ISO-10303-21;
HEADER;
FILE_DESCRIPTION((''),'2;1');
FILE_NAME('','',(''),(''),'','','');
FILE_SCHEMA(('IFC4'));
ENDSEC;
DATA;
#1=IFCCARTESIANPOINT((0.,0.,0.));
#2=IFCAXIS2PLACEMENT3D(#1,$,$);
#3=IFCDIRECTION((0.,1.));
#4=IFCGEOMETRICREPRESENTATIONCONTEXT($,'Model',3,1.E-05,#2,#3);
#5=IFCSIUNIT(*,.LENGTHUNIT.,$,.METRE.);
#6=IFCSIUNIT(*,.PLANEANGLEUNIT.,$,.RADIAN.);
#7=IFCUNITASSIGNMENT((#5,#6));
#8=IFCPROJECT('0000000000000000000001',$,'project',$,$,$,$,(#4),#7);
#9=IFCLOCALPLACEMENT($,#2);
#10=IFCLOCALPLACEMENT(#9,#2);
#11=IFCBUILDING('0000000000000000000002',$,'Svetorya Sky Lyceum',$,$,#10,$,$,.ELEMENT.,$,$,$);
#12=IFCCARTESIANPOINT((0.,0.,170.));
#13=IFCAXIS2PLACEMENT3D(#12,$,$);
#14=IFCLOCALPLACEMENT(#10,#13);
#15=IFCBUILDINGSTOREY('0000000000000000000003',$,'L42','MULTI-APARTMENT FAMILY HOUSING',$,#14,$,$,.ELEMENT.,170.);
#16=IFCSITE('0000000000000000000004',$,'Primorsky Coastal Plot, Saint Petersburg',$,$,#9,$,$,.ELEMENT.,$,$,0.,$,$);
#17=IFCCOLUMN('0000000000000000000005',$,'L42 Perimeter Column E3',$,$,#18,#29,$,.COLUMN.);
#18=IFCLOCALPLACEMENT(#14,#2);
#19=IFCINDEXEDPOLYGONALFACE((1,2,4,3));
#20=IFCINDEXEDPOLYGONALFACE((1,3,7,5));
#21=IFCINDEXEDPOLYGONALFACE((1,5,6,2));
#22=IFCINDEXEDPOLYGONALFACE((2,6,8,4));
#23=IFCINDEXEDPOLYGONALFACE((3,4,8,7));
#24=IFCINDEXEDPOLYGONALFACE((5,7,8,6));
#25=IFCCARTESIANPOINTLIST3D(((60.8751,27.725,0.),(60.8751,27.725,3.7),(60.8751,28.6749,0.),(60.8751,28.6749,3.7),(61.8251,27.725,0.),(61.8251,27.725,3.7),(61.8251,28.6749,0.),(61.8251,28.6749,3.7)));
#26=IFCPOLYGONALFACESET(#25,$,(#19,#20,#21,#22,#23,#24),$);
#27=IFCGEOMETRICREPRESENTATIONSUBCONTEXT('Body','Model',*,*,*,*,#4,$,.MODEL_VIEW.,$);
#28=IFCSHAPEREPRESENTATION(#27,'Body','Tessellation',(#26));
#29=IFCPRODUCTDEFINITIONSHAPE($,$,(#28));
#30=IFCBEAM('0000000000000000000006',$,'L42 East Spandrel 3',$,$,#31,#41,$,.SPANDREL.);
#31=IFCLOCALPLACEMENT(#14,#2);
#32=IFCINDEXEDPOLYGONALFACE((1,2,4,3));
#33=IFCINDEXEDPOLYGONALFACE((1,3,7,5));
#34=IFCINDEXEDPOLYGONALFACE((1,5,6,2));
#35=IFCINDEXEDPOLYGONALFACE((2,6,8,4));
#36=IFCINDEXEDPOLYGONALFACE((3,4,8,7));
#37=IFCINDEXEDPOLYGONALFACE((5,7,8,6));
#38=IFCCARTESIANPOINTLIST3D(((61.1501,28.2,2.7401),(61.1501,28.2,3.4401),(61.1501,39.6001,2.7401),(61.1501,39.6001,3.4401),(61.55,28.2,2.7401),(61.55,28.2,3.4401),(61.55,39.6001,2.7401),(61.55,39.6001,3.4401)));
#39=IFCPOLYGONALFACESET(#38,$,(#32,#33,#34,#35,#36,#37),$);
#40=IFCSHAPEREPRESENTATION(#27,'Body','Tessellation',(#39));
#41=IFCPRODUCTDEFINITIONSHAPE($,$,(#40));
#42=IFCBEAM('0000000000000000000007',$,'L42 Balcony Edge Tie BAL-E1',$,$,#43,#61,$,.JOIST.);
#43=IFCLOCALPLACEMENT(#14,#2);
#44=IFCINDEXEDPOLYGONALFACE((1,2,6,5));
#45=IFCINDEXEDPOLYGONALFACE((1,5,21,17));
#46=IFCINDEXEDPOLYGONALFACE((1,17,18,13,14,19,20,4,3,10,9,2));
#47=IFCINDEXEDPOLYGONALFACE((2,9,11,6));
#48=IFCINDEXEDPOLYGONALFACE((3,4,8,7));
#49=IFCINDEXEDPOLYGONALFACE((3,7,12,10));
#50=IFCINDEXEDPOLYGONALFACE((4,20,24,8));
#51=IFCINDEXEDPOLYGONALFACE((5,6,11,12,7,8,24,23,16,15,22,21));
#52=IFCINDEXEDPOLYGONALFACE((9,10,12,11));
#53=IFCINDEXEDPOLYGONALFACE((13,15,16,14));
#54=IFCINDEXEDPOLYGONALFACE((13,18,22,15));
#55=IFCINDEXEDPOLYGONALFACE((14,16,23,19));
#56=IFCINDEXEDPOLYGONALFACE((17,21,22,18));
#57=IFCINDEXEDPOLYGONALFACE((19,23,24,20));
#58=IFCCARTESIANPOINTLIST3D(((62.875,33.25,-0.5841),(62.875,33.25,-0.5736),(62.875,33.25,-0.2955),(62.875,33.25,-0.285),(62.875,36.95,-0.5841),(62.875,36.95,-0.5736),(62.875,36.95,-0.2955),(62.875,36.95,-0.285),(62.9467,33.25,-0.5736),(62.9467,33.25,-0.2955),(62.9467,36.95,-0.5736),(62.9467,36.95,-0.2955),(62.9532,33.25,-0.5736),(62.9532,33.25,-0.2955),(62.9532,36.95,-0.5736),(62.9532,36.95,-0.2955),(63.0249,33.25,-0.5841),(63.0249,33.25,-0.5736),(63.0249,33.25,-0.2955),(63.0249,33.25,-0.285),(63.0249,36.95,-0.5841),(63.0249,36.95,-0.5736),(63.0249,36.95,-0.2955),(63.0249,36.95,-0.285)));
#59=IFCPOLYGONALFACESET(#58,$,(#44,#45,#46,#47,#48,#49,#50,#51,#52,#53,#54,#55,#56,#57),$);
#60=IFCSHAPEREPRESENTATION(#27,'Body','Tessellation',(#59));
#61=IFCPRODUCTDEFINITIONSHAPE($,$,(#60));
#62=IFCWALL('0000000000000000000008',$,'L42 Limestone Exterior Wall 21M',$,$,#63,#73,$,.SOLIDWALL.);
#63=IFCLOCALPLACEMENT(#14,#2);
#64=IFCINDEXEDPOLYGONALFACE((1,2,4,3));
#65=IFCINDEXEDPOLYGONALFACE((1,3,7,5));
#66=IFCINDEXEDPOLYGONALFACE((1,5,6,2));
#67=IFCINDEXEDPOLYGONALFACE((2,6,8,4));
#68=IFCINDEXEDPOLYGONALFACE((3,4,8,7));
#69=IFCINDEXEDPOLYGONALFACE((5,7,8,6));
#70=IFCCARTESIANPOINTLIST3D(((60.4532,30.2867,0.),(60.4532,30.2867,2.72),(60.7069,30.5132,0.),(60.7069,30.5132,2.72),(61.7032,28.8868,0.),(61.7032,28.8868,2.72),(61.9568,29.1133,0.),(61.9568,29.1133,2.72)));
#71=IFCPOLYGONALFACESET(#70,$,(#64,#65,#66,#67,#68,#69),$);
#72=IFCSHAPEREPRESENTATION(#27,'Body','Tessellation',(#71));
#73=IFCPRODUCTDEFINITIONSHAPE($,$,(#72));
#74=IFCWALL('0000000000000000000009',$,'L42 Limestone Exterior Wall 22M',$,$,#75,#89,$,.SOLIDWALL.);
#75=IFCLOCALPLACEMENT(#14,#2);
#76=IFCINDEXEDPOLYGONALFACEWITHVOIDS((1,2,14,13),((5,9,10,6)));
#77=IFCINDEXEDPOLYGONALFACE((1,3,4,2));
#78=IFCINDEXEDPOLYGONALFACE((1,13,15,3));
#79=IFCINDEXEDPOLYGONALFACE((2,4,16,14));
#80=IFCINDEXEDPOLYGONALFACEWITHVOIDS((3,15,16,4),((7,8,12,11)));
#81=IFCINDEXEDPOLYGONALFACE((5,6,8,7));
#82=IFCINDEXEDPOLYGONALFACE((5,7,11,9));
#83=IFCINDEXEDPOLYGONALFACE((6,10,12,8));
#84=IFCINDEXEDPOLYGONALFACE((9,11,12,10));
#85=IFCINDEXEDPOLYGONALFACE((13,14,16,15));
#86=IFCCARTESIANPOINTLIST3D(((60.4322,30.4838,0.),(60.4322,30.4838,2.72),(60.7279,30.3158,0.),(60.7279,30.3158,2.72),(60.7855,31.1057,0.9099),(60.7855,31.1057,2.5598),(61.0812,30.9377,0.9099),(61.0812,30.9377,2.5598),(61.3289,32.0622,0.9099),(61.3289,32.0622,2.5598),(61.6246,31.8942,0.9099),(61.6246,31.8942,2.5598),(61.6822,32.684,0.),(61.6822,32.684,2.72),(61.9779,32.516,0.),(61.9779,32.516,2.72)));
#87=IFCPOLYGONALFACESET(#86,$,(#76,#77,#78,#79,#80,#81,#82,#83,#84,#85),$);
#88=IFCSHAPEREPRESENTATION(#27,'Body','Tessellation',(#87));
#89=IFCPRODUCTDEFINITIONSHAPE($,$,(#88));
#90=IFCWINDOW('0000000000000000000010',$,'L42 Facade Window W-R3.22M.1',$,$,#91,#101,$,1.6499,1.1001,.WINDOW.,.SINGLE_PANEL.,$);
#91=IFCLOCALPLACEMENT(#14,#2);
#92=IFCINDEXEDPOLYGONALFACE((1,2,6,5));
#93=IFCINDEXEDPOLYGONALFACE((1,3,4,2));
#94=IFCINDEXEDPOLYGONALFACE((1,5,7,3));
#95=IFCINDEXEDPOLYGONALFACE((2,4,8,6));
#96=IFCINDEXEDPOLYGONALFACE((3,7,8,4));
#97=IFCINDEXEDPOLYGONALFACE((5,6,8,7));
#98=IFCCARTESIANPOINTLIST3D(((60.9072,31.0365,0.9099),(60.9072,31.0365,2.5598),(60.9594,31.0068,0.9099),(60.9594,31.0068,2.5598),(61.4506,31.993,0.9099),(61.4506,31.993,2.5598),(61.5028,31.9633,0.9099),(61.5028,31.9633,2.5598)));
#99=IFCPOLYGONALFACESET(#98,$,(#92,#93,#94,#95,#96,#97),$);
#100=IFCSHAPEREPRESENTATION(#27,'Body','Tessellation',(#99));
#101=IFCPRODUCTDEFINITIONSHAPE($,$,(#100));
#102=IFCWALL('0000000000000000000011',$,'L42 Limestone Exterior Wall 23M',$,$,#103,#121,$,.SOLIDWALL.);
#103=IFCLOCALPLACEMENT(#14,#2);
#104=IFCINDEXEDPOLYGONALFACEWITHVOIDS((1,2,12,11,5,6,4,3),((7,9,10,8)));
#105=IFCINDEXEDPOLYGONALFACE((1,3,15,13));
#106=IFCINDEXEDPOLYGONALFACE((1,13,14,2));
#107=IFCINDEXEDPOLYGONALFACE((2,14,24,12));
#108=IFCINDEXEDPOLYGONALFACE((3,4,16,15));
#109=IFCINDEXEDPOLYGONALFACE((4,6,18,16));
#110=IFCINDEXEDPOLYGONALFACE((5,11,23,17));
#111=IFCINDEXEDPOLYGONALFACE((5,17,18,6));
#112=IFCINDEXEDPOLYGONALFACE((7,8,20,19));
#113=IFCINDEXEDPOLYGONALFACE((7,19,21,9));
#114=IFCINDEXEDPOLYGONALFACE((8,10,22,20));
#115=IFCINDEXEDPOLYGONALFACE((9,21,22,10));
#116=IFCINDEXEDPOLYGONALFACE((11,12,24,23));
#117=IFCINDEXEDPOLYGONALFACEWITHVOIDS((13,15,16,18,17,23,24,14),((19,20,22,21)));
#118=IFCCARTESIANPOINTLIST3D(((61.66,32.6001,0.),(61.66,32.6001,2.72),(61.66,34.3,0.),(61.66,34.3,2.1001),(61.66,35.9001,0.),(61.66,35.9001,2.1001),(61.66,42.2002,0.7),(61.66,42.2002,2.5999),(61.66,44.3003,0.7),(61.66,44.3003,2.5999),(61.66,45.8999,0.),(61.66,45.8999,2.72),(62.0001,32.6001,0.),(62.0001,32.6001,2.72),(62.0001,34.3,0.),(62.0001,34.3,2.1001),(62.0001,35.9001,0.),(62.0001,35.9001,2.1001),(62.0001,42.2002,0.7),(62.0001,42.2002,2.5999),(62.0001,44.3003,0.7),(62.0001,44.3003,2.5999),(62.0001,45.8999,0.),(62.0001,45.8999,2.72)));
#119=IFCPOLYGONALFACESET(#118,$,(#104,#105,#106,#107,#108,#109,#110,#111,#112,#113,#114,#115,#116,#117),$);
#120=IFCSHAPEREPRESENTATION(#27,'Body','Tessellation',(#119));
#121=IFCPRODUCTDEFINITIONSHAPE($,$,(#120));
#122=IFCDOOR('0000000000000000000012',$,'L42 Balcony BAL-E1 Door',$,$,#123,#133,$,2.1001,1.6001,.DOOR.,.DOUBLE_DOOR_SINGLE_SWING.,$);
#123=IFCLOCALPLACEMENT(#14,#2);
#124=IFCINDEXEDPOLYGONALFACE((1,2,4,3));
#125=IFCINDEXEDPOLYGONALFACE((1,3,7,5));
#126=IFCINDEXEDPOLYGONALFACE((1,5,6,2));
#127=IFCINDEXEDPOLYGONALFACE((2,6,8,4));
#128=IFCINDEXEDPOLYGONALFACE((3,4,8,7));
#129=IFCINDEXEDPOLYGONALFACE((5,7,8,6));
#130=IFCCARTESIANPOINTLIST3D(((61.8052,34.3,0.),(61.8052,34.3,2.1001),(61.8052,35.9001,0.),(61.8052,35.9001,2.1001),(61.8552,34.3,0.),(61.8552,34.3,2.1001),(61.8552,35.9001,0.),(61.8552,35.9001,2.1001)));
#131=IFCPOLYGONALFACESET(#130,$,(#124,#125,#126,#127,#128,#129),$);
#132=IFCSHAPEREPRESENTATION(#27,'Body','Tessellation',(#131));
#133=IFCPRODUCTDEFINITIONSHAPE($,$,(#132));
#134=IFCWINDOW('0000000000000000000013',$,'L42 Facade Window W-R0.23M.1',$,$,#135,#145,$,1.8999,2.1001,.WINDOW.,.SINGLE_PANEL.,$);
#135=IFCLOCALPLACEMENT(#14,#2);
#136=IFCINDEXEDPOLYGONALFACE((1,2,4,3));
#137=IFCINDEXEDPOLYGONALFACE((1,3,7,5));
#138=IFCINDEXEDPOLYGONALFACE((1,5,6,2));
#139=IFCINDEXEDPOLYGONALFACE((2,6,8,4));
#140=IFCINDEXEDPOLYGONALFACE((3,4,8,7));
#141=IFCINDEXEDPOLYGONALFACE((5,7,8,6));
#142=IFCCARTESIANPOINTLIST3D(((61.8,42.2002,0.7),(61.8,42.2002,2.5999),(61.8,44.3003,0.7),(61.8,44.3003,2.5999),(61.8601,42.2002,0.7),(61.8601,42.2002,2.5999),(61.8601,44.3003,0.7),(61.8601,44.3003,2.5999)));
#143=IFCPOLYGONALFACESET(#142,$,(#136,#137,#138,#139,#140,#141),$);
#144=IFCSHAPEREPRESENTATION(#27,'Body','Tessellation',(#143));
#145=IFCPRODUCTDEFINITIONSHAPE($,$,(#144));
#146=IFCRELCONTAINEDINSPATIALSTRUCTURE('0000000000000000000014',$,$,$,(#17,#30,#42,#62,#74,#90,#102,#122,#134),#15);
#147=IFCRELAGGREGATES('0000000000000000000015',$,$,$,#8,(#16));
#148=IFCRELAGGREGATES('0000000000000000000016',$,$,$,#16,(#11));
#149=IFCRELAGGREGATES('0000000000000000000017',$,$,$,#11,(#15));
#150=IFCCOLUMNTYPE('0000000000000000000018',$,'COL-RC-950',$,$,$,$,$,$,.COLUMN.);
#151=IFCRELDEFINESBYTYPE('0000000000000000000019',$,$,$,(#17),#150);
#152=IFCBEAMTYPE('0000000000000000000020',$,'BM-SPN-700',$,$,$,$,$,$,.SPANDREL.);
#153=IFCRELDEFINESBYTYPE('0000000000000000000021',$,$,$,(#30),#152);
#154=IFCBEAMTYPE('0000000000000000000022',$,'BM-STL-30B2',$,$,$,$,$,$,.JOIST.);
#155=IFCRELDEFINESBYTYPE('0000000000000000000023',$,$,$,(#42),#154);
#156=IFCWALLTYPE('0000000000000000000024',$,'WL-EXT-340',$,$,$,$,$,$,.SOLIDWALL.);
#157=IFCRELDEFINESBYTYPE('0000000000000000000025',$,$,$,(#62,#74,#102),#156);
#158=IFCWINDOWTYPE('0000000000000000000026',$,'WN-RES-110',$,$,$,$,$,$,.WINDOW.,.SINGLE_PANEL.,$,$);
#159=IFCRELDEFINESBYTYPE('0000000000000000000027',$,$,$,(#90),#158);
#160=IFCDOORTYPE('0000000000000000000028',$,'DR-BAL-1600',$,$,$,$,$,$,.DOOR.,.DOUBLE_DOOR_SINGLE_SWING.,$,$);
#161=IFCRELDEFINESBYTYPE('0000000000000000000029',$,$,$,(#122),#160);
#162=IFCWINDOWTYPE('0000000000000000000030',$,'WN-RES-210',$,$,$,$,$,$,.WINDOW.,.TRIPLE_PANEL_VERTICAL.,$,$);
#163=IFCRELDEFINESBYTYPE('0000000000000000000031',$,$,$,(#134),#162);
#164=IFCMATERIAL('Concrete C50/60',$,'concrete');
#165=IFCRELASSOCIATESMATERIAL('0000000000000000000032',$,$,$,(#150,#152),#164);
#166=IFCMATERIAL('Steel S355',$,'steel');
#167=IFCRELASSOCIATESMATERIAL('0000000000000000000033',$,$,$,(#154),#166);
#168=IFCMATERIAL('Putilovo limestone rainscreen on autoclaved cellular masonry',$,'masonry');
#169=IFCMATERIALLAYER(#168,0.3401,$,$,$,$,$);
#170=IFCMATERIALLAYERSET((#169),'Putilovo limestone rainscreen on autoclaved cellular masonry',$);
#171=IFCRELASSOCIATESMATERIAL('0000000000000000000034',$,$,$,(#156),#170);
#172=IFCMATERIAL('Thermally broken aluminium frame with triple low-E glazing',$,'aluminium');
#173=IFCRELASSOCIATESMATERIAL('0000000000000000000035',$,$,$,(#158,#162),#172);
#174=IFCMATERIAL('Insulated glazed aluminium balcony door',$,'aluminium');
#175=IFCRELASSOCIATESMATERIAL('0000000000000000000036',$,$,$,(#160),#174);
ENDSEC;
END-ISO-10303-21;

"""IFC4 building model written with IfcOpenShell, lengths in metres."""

from ifc_helpers import new_model, si_unit, direction, frame, frame_2d, origin, origin_2d, place, context, subcontext, project, spatial, rectangle, i_section, extrude, material, layer, layer_set, material_profile, profile_set, type_object, element, fill, save


model = new_model("IFC4")

# Units and contexts
model_context = context("Model", 3, precision=1e-05, world=origin(), true_north=direction((0.0, 1.0)))
body_context = subcontext(model_context, "Body", "Model", "MODEL_VIEW")
ifc_project = project(units=[si_unit("LENGTHUNIT", "METRE"), si_unit("PLANEANGLEUNIT", "RADIAN")], contexts=[model_context])

# Site, building, storey
site_placement = place(None, origin())
site = spatial("IfcSite", under=ifc_project, at=site_placement, Name="Primorsky Coastal Plot, Saint Petersburg", CompositionType="ELEMENT", RefElevation=0.0)
building_placement = place(site_placement, origin())
building = spatial("IfcBuilding", under=site, at=building_placement, Name="Svetorya Sky Lyceum", CompositionType="ELEMENT")
storey_placement = place(building_placement, frame((0.0, 0.0, 170.0)))
storey = spatial("IfcBuildingStorey", under=building, at=storey_placement, Name="L42", Description="MULTI-APARTMENT FAMILY HOUSING", CompositionType="ELEMENT", Elevation=170.0)

# Column
ifc_material_1 = material(Name="Concrete C50/60", Category="concrete")
ifc_material_profile_1 = material_profile(ifc_material_1, rectangle(XDim=0.95, YDim=0.95, at=origin_2d()), Name="RC COL 950x950")
ifc_profile_set_1 = profile_set([ifc_material_profile_1], Name="Concrete C50/60")
column_type = type_object("IfcColumnType", Name="COL-RC-950", PredefinedType="COLUMN", material=ifc_profile_set_1)
column_placement = place(storey_placement, frame((61.3501, 28.2, 0.0), z_axis=(0.0, 0.0, 1.0), x_axis=(1.0, 0.0, 0.0)))
element("IfcColumn", 1, at=column_placement, inside=storey, type_object=column_type, Name="L42 Perimeter Column E3", PredefinedType="COLUMN", context=body_context, shape_type="SweptSolid", body=[
    extrude(rectangle(XDim=0.95, YDim=0.95, at=origin_2d()), origin(), (0.0, 0.0, 1.0), 3.7),
])

# Beams
ifc_material_profile_2 = material_profile(ifc_material_1, rectangle(XDim=0.3999, YDim=0.7, at=origin_2d()), Name="RC SPANDREL 400x700")
ifc_profile_set_2 = profile_set([ifc_material_profile_2], Name="Concrete C50/60")
beam_type_1 = type_object("IfcBeamType", Name="BM-SPN-700", PredefinedType="SPANDREL", material=ifc_profile_set_2)
beam_1_placement = place(storey_placement, frame((61.3501, 28.2, 3.0901), z_axis=(0.0, 1.0, 0.0), x_axis=(-1.0, 0.0, 0.0)))
element("IfcBeam", 2, at=beam_1_placement, inside=storey, type_object=beam_type_1, Name="L42 East Spandrel 3", PredefinedType="SPANDREL", context=body_context, shape_type="SweptSolid", body=[
    extrude(rectangle(XDim=0.3999, YDim=0.7, at=origin_2d()), origin(), (0.0, 0.0, 1.0), 11.4001),
])
ifc_material_2 = material(Name="Steel S355", Category="steel")
ifc_material_profile_3 = material_profile(ifc_material_2, i_section(OverallWidth=0.1499, OverallDepth=0.2991, WebThickness=0.0066, FlangeThickness=0.0105, at=origin_2d()), Name="GOST 30B2")
ifc_profile_set_3 = profile_set([ifc_material_profile_3], Name="Steel S355")
beam_type_2 = type_object("IfcBeamType", Name="BM-STL-30B2", PredefinedType="JOIST", material=ifc_profile_set_3)
beam_2_placement = place(storey_placement, frame((62.95, 33.25, -0.4346), z_axis=(0.0, 1.0, 0.0), x_axis=(-1.0, 0.0, 0.0)))
element("IfcBeam", 3, at=beam_2_placement, inside=storey, type_object=beam_type_2, Name="L42 Balcony Edge Tie BAL-E1", PredefinedType="JOIST", context=body_context, shape_type="SweptSolid", body=[
    extrude(i_section(OverallWidth=0.1499, OverallDepth=0.2991, WebThickness=0.0066, FlangeThickness=0.0105, at=origin_2d()), origin(), (0.0, 0.0, 1.0), 3.7),
])

# Wall
ifc_material_3 = material(Name="Putilovo limestone rainscreen on autoclaved cellular masonry", Category="masonry")
ifc_layer_1 = layer(ifc_material_3, 0.3401)
ifc_layer_set_1 = layer_set([ifc_layer_1], Name="Putilovo limestone rainscreen on autoclaved cellular masonry")
wall_type_1 = type_object("IfcWallType", Name="WL-EXT-340", PredefinedType="SOLIDWALL", material=ifc_layer_set_1)
wall_1_placement = place(storey_placement, frame((61.8301, 29.0, 0.0), z_axis=(0.0, 0.0, 1.0), x_axis=(-0.666042, 0.745915, 0.0)))
element("IfcWall", 4, at=wall_1_placement, inside=storey, type_object=wall_type_1, Name="L42 Limestone Exterior Wall 21M", PredefinedType="SOLIDWALL", context=body_context, shape_type="SweptSolid", body=[
    extrude(rectangle(XDim=1.8767, YDim=0.3401, at=frame_2d((0.9385, 0.0))), origin(), (0.0, 0.0, 1.0), 2.72),
])

# Wall, opening, window
wall_2_placement = place(storey_placement, frame((60.5801, 30.3999, 0.0), z_axis=(0.0, 0.0, 1.0), x_axis=(0.493976, 0.869475, 0.0)))
wall_2 = element("IfcWall", 5, at=wall_2_placement, inside=storey, type_object=wall_type_1, Name="L42 Limestone Exterior Wall 22M", PredefinedType="SOLIDWALL", context=body_context, shape_type="SweptSolid", body=[
    extrude(rectangle(XDim=2.5305, YDim=0.3401, at=frame_2d((1.2651, 0.0))), origin(), (0.0, 0.0, 1.0), 2.72),
])
opening_1_placement = place(wall_2_placement, frame((0.7151, 0.0, 0.9099)))
opening_1 = element("IfcOpeningElement", 6, at=opening_1_placement, cuts=wall_2, PredefinedType="OPENING", context=body_context, shape_type="SweptSolid", body=[
    extrude(rectangle(XDim=1.1001, YDim=1.6499, at=frame_2d((0.55, 0.825))), frame((0.0, 0.1799, 0.0), z_axis=(0.0, -1.0, 0.0), x_axis=(1.0, 0.0, 0.0)), (0.0, 0.0, 1.0), 0.3601),
])
ifc_material_4 = material(Name="Thermally broken aluminium frame with triple low-E glazing", Category="aluminium")
window_type_1 = type_object("IfcWindowType", Name="WN-RES-110", PartitioningType="SINGLE_PANEL", PredefinedType="WINDOW", material=ifc_material_4)
window_1_placement = place(opening_1_placement, origin())
window_1 = element("IfcWindow", 7, at=window_1_placement, inside=storey, type_object=window_type_1, Name="L42 Facade Window W-R3.22M.1", OverallHeight=1.6499, OverallWidth=1.1001, PartitioningType="SINGLE_PANEL", PredefinedType="WINDOW", context=body_context, shape_type="SweptSolid", body=[
    extrude(rectangle(XDim=1.1001, YDim=1.6499, at=frame_2d((0.55, 0.825))), frame((0.0, 0.03, 0.0), z_axis=(0.0, -1.0, 0.0), x_axis=(1.0, 0.0, 0.0)), (0.0, 0.0, 1.0), 0.0601),
])
fill(opening_1, window_1)

# Wall, openings, door, window
wall_3_placement = place(storey_placement, frame((61.8301, 32.6001, 0.0), z_axis=(0.0, 0.0, 1.0), x_axis=(0.0, 1.0, 0.0)))
wall_3 = element("IfcWall", 8, at=wall_3_placement, inside=storey, type_object=wall_type_1, Name="L42 Limestone Exterior Wall 23M", PredefinedType="SOLIDWALL", context=body_context, shape_type="SweptSolid", body=[
    extrude(rectangle(XDim=13.2998, YDim=0.3401, at=frame_2d((6.6499, 0.0))), origin(), (0.0, 0.0, 1.0), 2.72),
])
opening_2_placement = place(wall_3_placement, frame((1.7, 0.0, 0.0)))
opening_2 = element("IfcOpeningElement", 9, at=opening_2_placement, cuts=wall_3, PredefinedType="OPENING", context=body_context, shape_type="SweptSolid", body=[
    extrude(rectangle(XDim=1.6001, YDim=2.1001, at=frame_2d((0.8, 1.05))), frame((0.0, 0.1799, 0.0), z_axis=(0.0, -1.0, 0.0), x_axis=(1.0, 0.0, 0.0)), (0.0, 0.0, 1.0), 0.3601),
])
opening_3_placement = place(wall_3_placement, frame((9.6001, 0.0, 0.7)))
opening_3 = element("IfcOpeningElement", 10, at=opening_3_placement, cuts=wall_3, PredefinedType="OPENING", context=body_context, shape_type="SweptSolid", body=[
    extrude(rectangle(XDim=2.1001, YDim=1.8999, at=frame_2d((1.05, 0.95))), frame((0.0, 0.1799, 0.0), z_axis=(0.0, -1.0, 0.0), x_axis=(1.0, 0.0, 0.0)), (0.0, 0.0, 1.0), 0.3601),
])
ifc_material_5 = material(Name="Insulated glazed aluminium balcony door", Category="aluminium")
door_type_1 = type_object("IfcDoorType", Name="DR-BAL-1600", OperationType="DOUBLE_DOOR_SINGLE_SWING", PredefinedType="DOOR", material=ifc_material_5)
door_1_placement = place(opening_2_placement, origin())
door_1 = element("IfcDoor", 11, at=door_1_placement, inside=storey, type_object=door_type_1, Name="L42 Balcony BAL-E1 Door", OperationType="DOUBLE_DOOR_SINGLE_SWING", OverallHeight=2.1001, OverallWidth=1.6001, PredefinedType="DOOR", context=body_context, shape_type="SweptSolid", body=[
    extrude(rectangle(XDim=1.6001, YDim=2.1001, at=frame_2d((0.8, 1.05))), frame((0.0, 0.0249, 0.0), z_axis=(0.0, -1.0, 0.0), x_axis=(1.0, 0.0, 0.0)), (0.0, 0.0, 1.0), 0.05),
])
fill(opening_2, door_1)
window_type_2 = type_object("IfcWindowType", Name="WN-RES-210", PartitioningType="TRIPLE_PANEL_VERTICAL", PredefinedType="WINDOW", material=ifc_material_4)
window_2_placement = place(opening_3_placement, origin())
window_2 = element("IfcWindow", 12, at=window_2_placement, inside=storey, type_object=window_type_2, Name="L42 Facade Window W-R0.23M.1", OverallHeight=1.8999, OverallWidth=2.1001, PartitioningType="SINGLE_PANEL", PredefinedType="WINDOW", context=body_context, shape_type="SweptSolid", body=[
    extrude(rectangle(XDim=2.1001, YDim=1.8999, at=frame_2d((1.05, 0.95))), frame((0.0, 0.03, 0.0), z_axis=(0.0, -1.0, 0.0), x_axis=(1.0, 0.0, 0.0)), (0.0, 0.0, 1.0), 0.0601),
])
fill(opening_3, window_2)

save(model, "model.ifc")
